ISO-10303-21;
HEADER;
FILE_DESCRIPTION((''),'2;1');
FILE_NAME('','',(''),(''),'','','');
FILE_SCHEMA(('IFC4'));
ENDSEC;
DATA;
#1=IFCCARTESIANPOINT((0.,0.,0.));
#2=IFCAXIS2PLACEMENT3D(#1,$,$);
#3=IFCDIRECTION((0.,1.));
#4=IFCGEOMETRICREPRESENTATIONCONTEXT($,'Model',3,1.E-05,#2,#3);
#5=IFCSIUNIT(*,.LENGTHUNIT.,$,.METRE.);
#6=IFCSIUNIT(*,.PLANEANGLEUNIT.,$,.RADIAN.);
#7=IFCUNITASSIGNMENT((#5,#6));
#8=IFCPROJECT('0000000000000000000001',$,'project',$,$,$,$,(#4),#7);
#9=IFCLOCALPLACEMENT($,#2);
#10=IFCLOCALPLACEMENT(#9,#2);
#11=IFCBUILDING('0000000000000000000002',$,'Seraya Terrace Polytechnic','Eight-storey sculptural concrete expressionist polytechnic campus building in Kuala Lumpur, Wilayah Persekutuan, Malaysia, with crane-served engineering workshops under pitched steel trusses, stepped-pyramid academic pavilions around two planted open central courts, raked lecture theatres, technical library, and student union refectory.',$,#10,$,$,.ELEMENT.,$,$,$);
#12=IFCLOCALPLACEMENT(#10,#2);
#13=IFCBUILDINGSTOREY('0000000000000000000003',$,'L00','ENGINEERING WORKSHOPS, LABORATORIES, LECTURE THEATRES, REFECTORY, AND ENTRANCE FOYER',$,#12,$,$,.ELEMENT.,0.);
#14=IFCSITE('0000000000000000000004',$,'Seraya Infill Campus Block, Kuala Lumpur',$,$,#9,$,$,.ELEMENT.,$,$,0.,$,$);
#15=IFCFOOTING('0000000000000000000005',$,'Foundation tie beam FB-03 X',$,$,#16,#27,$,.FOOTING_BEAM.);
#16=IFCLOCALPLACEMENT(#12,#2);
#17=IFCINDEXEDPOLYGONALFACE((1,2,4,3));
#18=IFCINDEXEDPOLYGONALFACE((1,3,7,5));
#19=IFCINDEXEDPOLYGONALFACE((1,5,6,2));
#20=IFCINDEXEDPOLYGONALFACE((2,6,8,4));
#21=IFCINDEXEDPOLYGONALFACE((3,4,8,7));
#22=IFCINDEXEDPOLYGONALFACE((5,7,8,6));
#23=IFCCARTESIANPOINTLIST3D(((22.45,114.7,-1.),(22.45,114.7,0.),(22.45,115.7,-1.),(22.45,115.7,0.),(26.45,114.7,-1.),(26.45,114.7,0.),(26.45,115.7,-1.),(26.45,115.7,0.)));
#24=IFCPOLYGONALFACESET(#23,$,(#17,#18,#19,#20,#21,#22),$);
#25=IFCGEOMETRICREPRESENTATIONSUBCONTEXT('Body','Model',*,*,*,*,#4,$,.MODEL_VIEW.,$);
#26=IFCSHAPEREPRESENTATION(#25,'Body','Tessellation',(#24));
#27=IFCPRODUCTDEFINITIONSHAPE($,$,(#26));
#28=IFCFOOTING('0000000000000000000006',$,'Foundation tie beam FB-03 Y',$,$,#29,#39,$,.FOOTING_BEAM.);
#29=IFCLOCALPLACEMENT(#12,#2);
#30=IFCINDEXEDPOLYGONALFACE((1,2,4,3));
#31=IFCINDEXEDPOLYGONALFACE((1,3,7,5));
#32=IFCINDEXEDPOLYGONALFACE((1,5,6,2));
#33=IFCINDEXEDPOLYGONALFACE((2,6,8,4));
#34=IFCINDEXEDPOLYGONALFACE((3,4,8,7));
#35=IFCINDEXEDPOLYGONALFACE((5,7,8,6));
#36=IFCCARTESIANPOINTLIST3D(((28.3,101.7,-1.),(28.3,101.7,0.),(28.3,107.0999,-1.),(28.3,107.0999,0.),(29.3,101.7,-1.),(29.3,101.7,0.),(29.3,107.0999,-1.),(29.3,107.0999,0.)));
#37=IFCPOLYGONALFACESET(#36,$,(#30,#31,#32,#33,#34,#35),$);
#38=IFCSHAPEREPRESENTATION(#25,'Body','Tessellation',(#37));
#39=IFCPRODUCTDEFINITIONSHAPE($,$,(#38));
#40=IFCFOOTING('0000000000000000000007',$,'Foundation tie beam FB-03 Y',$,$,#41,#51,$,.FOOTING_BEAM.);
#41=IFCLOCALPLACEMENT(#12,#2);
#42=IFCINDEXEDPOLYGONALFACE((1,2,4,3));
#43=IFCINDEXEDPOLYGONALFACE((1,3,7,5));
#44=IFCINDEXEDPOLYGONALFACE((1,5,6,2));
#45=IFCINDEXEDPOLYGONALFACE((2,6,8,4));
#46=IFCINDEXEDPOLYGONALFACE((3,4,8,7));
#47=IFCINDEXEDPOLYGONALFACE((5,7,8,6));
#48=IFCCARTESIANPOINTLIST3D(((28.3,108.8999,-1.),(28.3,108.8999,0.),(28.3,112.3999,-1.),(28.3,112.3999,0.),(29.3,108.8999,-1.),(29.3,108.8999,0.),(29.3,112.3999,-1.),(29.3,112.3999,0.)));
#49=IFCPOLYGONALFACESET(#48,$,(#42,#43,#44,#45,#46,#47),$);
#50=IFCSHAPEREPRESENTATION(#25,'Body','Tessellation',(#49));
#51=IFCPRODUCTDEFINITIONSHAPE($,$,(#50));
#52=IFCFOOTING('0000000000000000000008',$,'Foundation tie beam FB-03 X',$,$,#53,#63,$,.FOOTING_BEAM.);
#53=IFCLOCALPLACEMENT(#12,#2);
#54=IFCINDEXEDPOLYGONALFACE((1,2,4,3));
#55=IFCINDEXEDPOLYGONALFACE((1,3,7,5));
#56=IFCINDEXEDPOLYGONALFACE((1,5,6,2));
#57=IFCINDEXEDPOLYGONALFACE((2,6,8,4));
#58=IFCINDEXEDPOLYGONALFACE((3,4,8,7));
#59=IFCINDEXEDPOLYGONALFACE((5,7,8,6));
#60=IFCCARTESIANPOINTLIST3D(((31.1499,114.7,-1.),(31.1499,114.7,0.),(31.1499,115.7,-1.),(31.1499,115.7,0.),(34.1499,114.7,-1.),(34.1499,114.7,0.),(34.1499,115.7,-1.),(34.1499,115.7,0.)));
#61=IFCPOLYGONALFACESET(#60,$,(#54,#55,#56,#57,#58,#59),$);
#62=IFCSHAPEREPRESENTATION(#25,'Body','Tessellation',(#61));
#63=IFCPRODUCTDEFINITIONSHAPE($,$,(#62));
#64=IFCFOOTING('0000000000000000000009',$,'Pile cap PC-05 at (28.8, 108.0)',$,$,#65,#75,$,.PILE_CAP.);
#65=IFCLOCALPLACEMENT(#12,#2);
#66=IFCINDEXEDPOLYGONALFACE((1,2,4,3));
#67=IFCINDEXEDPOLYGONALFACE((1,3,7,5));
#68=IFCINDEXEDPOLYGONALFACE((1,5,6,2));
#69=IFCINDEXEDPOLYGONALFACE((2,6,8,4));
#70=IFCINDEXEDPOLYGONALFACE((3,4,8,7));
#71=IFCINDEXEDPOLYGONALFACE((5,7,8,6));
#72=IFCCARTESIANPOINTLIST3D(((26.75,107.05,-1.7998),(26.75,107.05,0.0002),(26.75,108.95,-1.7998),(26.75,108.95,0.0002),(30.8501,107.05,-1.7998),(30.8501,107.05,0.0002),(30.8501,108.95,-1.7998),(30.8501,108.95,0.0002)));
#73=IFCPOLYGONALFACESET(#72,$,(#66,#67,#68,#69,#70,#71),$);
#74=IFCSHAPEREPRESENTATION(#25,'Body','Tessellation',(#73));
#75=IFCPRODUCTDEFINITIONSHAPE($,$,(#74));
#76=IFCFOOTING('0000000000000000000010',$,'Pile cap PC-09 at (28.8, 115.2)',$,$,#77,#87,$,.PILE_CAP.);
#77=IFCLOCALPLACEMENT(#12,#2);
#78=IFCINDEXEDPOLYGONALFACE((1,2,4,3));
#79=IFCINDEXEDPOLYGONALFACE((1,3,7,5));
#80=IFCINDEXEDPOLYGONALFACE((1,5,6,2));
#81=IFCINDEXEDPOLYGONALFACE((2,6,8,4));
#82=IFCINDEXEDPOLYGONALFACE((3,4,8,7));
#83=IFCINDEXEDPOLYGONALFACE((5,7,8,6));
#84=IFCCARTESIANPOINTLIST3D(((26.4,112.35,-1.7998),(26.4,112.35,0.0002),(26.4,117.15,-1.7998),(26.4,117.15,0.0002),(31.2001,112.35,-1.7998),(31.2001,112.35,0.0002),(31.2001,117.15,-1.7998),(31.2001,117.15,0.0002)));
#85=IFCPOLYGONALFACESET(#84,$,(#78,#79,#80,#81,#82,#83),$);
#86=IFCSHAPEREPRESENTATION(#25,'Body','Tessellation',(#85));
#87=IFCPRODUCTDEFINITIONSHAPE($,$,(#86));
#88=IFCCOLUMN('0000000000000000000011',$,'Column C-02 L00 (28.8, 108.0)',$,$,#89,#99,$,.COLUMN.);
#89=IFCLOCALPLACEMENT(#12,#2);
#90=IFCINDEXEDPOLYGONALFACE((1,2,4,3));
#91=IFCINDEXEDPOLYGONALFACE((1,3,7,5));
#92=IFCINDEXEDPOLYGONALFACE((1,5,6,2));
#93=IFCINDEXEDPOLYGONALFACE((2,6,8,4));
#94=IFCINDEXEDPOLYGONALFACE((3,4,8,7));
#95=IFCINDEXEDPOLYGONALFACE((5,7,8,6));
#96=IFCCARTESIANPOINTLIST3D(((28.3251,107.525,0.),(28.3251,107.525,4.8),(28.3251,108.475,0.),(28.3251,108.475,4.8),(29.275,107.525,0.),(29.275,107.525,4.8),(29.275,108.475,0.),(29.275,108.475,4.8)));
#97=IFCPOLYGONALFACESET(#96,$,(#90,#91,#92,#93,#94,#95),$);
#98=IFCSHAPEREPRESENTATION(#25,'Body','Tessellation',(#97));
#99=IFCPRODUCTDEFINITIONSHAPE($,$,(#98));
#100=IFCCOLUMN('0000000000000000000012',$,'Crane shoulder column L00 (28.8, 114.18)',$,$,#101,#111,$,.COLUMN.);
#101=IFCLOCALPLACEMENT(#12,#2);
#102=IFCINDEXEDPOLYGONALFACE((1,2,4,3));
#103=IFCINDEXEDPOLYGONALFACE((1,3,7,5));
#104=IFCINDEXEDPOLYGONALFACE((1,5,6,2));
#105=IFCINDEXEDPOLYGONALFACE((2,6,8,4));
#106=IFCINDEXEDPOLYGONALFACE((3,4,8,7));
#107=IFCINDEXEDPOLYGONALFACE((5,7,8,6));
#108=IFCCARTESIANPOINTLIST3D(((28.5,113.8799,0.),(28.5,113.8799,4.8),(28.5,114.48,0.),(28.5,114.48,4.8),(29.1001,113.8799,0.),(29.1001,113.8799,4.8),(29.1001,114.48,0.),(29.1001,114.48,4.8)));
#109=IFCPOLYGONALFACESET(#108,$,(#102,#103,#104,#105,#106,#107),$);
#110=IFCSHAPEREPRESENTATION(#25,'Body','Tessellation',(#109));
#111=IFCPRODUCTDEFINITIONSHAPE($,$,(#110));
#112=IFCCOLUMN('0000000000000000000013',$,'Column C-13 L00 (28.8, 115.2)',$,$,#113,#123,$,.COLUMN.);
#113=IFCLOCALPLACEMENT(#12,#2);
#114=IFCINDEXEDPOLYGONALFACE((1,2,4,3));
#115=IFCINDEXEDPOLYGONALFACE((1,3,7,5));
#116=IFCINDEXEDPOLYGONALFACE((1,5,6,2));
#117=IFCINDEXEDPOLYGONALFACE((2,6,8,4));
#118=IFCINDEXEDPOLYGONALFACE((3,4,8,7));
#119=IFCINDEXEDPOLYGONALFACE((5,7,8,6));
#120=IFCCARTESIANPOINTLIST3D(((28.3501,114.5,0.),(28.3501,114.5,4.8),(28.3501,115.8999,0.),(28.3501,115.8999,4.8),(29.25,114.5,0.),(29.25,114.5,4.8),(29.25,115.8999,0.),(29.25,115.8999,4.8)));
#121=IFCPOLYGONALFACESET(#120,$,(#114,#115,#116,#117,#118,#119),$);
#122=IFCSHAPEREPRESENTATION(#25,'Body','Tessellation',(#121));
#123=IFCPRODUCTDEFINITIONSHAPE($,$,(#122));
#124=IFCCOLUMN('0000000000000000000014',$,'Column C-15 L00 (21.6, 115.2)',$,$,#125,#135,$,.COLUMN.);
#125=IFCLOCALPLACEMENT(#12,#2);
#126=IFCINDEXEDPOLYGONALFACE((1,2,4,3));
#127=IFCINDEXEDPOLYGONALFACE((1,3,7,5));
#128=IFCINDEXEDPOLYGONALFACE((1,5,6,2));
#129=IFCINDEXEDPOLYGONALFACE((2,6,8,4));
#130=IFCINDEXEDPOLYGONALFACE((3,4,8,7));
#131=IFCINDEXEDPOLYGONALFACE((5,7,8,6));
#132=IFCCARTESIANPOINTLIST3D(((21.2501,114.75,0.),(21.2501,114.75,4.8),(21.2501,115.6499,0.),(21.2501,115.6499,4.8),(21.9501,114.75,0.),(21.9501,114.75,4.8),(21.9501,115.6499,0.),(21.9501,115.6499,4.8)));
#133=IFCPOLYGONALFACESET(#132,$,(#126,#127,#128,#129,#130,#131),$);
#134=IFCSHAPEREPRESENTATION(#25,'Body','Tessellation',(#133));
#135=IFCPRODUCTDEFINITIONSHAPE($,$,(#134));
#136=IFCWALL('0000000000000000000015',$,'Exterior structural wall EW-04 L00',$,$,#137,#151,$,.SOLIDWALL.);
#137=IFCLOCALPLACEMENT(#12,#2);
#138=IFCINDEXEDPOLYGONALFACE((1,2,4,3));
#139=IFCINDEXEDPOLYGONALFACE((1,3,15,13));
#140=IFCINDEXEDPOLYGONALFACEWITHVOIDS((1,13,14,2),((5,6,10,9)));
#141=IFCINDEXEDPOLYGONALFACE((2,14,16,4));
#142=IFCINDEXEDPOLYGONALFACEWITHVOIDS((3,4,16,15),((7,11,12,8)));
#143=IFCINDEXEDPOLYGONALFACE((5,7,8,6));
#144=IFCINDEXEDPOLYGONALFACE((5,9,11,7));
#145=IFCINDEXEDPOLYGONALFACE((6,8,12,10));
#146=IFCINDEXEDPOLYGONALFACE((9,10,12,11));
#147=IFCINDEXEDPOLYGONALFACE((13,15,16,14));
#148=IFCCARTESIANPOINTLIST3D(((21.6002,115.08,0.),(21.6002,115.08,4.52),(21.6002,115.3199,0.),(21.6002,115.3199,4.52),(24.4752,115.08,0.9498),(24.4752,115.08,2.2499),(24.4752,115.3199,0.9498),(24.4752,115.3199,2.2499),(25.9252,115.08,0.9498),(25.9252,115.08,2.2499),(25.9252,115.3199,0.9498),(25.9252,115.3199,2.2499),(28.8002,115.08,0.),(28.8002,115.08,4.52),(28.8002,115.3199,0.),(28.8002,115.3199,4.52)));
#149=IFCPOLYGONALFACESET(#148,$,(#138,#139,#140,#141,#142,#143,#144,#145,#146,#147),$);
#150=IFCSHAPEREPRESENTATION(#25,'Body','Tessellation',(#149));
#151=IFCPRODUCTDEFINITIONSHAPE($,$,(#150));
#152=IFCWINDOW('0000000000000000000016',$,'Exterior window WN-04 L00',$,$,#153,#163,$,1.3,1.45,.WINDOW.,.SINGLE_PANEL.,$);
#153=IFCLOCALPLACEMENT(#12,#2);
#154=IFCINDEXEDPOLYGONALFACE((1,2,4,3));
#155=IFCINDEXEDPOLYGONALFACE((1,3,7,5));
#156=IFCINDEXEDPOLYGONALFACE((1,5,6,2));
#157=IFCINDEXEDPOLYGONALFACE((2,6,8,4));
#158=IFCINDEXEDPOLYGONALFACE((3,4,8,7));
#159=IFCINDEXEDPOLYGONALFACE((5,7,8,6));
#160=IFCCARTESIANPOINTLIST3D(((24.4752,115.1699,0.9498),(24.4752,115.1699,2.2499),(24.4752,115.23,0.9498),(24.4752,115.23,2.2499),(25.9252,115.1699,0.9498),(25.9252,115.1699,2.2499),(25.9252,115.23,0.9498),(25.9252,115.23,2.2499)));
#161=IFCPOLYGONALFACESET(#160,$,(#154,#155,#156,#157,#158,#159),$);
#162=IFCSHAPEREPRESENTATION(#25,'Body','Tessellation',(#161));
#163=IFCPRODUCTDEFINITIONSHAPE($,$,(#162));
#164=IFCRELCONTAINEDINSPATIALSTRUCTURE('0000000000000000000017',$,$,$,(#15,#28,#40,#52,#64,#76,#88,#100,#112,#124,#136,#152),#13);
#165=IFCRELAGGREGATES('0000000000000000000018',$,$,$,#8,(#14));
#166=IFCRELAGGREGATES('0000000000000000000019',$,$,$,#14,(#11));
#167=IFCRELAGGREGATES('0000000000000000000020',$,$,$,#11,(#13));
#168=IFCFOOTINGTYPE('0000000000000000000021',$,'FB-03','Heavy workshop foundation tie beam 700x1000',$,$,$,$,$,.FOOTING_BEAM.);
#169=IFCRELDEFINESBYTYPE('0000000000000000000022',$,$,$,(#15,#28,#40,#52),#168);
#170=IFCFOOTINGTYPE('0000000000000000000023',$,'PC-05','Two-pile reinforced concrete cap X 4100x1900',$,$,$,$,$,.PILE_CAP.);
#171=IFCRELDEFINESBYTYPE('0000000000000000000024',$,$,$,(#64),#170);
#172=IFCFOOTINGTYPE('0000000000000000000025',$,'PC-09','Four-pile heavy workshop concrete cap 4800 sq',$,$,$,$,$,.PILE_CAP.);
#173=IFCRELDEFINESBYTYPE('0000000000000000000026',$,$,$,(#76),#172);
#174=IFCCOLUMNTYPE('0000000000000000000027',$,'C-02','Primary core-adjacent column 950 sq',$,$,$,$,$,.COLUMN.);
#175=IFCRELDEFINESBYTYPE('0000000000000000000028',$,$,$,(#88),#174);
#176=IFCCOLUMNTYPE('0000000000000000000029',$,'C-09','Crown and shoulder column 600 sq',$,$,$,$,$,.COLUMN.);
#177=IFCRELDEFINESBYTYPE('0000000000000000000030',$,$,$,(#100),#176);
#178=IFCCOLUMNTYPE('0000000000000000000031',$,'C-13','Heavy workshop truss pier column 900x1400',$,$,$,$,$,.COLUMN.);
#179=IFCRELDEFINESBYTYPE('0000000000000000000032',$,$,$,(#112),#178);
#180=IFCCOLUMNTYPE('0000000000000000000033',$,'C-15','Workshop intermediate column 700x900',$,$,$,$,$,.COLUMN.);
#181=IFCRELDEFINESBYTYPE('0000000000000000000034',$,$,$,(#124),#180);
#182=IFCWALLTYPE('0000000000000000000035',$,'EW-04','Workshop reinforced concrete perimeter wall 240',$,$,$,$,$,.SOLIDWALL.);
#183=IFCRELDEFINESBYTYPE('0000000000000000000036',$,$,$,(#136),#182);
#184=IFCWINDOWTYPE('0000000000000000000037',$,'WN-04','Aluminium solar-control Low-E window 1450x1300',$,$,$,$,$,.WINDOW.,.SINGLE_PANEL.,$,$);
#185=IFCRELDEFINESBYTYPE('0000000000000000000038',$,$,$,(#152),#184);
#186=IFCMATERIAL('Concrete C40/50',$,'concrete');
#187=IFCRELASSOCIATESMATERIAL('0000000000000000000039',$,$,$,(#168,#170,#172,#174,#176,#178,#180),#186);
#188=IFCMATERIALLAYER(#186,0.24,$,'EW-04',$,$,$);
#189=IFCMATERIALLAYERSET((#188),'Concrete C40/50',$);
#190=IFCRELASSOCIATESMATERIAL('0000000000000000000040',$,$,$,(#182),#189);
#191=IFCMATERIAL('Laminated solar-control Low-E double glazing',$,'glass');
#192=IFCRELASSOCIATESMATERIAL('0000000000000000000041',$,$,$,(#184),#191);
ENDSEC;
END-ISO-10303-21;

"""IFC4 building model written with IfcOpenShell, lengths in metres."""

from ifc_helpers import new_model, si_unit, direction, frame, frame_2d, origin, origin_2d, place, context, subcontext, project, spatial, rectangle, extrude, material, layer, layer_set, material_profile, profile_set, type_object, element, fill, save


model = new_model("IFC4")

# Units and contexts
model_context = context("Model", 3, precision=1e-05, world=origin(), true_north=direction((0.0, 1.0)))
body_context = subcontext(model_context, "Body", "Model", "MODEL_VIEW")
ifc_project = project(units=[si_unit("LENGTHUNIT", "METRE"), si_unit("PLANEANGLEUNIT", "RADIAN")], contexts=[model_context])

# Site, building, storey
site_placement = place(None, origin())
site = spatial("IfcSite", under=ifc_project, at=site_placement, Name="Seraya Infill Campus Block, Kuala Lumpur", CompositionType="ELEMENT", RefElevation=0.0)
building_placement = place(site_placement, origin())
building = spatial("IfcBuilding", under=site, at=building_placement, Name="Seraya Terrace Polytechnic", Description="Eight-storey sculptural concrete expressionist polytechnic campus building in Kuala Lumpur, Wilayah Persekutuan, Malaysia, with crane-served engineering workshops under pitched steel trusses, stepped-pyramid academic pavilions around two planted open central courts, raked lecture theatres, technical library, and student union refectory.", CompositionType="ELEMENT")
storey_placement = place(building_placement, origin())
storey = spatial("IfcBuildingStorey", under=building, at=storey_placement, Name="L00", Description="ENGINEERING WORKSHOPS, LABORATORIES, LECTURE THEATRES, REFECTORY, AND ENTRANCE FOYER", CompositionType="ELEMENT", Elevation=0.0)

# Shared definitions
ifc_material_1 = material(Name="Concrete C40/50", Category="concrete")

# Footings
footing_type_1 = type_object("IfcFootingType", Name="FB-03", Description="Heavy workshop foundation tie beam 700x1000", PredefinedType="FOOTING_BEAM", material=ifc_material_1)
footing_1_placement = place(storey_placement, frame((24.45, 115.2, -1.0), z_axis=(0.0, 0.0, 1.0), x_axis=(1.0, 0.0, 0.0)))
element("IfcFooting", 1, at=footing_1_placement, inside=storey, type_object=footing_type_1, Name="Foundation tie beam FB-03 X", PredefinedType="FOOTING_BEAM", context=body_context, shape_type="SweptSolid", body=[
    extrude(rectangle(XDim=4.0, YDim=1.0, at=origin_2d()), origin(), (0.0, 0.0, 1.0), 1.0),
])
footing_2_placement = place(storey_placement, frame((28.8, 104.3999, -1.0), z_axis=(0.0, 0.0, 1.0), x_axis=(0.0, 1.0, 0.0)))
element("IfcFooting", 2, at=footing_2_placement, inside=storey, type_object=footing_type_1, Name="Foundation tie beam FB-03 Y", PredefinedType="FOOTING_BEAM", context=body_context, shape_type="SweptSolid", body=[
    extrude(rectangle(XDim=5.3999, YDim=1.0, at=origin_2d()), origin(), (0.0, 0.0, 1.0), 1.0),
])
footing_3_placement = place(storey_placement, frame((28.8, 110.6499, -1.0), z_axis=(0.0, 0.0, 1.0), x_axis=(0.0, 1.0, 0.0)))
element("IfcFooting", 3, at=footing_3_placement, inside=storey, type_object=footing_type_1, Name="Foundation tie beam FB-03 Y", PredefinedType="FOOTING_BEAM", context=body_context, shape_type="SweptSolid", body=[
    extrude(rectangle(XDim=3.5, YDim=1.0, at=origin_2d()), origin(), (0.0, 0.0, 1.0), 1.0),
])
footing_4_placement = place(storey_placement, frame((32.6499, 115.2, -1.0), z_axis=(0.0, 0.0, 1.0), x_axis=(1.0, 0.0, 0.0)))
element("IfcFooting", 4, at=footing_4_placement, inside=storey, type_object=footing_type_1, Name="Foundation tie beam FB-03 X", PredefinedType="FOOTING_BEAM", context=body_context, shape_type="SweptSolid", body=[
    extrude(rectangle(XDim=3.0, YDim=1.0, at=origin_2d()), origin(), (0.0, 0.0, 1.0), 1.0),
])
footing_type_2 = type_object("IfcFootingType", Name="PC-05", Description="Two-pile reinforced concrete cap X 4100x1900", PredefinedType="PILE_CAP", material=ifc_material_1)
footing_5_placement = place(storey_placement, frame((28.8, 108.0, -1.7998), z_axis=(0.0, 0.0, 1.0), x_axis=(1.0, 0.0, 0.0)))
element("IfcFooting", 5, at=footing_5_placement, inside=storey, type_object=footing_type_2, Name="Pile cap PC-05 at (28.8, 108.0)", PredefinedType="PILE_CAP", context=body_context, shape_type="SweptSolid", body=[
    extrude(rectangle(XDim=4.1001, YDim=1.8999, at=origin_2d()), origin(), (0.0, 0.0, 1.0), 1.8),
])
footing_type_3 = type_object("IfcFootingType", Name="PC-09", Description="Four-pile heavy workshop concrete cap 4800 sq", PredefinedType="PILE_CAP", material=ifc_material_1)
footing_6_placement = place(storey_placement, frame((28.8, 114.75, -1.7998), z_axis=(0.0, 0.0, 1.0), x_axis=(1.0, 0.0, 0.0)))
element("IfcFooting", 6, at=footing_6_placement, inside=storey, type_object=footing_type_3, Name="Pile cap PC-09 at (28.8, 115.2)", PredefinedType="PILE_CAP", context=body_context, shape_type="SweptSolid", body=[
    extrude(rectangle(XDim=4.8, YDim=4.8, at=origin_2d()), origin(), (0.0, 0.0, 1.0), 1.8),
])

# Columns
ifc_material_profile_1 = material_profile(ifc_material_1, rectangle(XDim=0.95, YDim=0.95, at=origin_2d()), Name="RC 950x950")
ifc_profile_set_1 = profile_set([ifc_material_profile_1], Name="Concrete C40/50")
column_type_1 = type_object("IfcColumnType", Name="C-02", Description="Primary core-adjacent column 950 sq", PredefinedType="COLUMN", material=ifc_profile_set_1)
column_1_placement = place(storey_placement, frame((28.8, 108.0, 0.0), z_axis=(0.0, 0.0, 1.0), x_axis=(1.0, 0.0, 0.0)))
element("IfcColumn", 7, at=column_1_placement, inside=storey, type_object=column_type_1, Name="Column C-02 L00 (28.8, 108.0)", PredefinedType="COLUMN", context=body_context, shape_type="SweptSolid", body=[
    extrude(rectangle(XDim=0.95, YDim=0.95, at=origin_2d()), origin(), (0.0, 0.0, 1.0), 4.8),
])
ifc_material_profile_2 = material_profile(ifc_material_1, rectangle(XDim=0.6001, YDim=0.6001, at=origin_2d()), Name="RC 600x600")
ifc_profile_set_2 = profile_set([ifc_material_profile_2], Name="Concrete C40/50")
column_type_2 = type_object("IfcColumnType", Name="C-09", Description="Crown and shoulder column 600 sq", PredefinedType="COLUMN", material=ifc_profile_set_2)
column_2_placement = place(storey_placement, frame((28.8, 114.1799, 0.0), z_axis=(0.0, 0.0, 1.0), x_axis=(1.0, 0.0, 0.0)))
element("IfcColumn", 8, at=column_2_placement, inside=storey, type_object=column_type_2, Name="Crane shoulder column L00 (28.8, 114.18)", PredefinedType="COLUMN", context=body_context, shape_type="SweptSolid", body=[
    extrude(rectangle(XDim=0.6001, YDim=0.6001, at=origin_2d()), origin(), (0.0, 0.0, 1.0), 4.8),
])
ifc_material_profile_3 = material_profile(ifc_material_1, rectangle(XDim=0.8999, YDim=1.3999, at=origin_2d()), Name="RC 900x1400")
ifc_profile_set_3 = profile_set([ifc_material_profile_3], Name="Concrete C40/50")
column_type_3 = type_object("IfcColumnType", Name="C-13", Description="Heavy workshop truss pier column 900x1400", PredefinedType="COLUMN", material=ifc_profile_set_3)
column_3_placement = place(storey_placement, frame((28.8, 115.2, 0.0), z_axis=(0.0, 0.0, 1.0), x_axis=(1.0, 0.0, 0.0)))
element("IfcColumn", 9, at=column_3_placement, inside=storey, type_object=column_type_3, Name="Column C-13 L00 (28.8, 115.2)", PredefinedType="COLUMN", context=body_context, shape_type="SweptSolid", body=[
    extrude(rectangle(XDim=0.8999, YDim=1.3999, at=origin_2d()), origin(), (0.0, 0.0, 1.0), 4.8),
])
ifc_material_profile_4 = material_profile(ifc_material_1, rectangle(XDim=0.7, YDim=0.8999, at=origin_2d()), Name="RC 700x900")
ifc_profile_set_4 = profile_set([ifc_material_profile_4], Name="Concrete C40/50")
column_type_4 = type_object("IfcColumnType", Name="C-15", Description="Workshop intermediate column 700x900", PredefinedType="COLUMN", material=ifc_profile_set_4)
column_4_placement = place(storey_placement, frame((21.6001, 115.2, 0.0), z_axis=(0.0, 0.0, 1.0), x_axis=(1.0, 0.0, 0.0)))
element("IfcColumn", 10, at=column_4_placement, inside=storey, type_object=column_type_4, Name="Column C-15 L00 (21.6, 115.2)", PredefinedType="COLUMN", context=body_context, shape_type="SweptSolid", body=[
    extrude(rectangle(XDim=0.7, YDim=0.8999, at=origin_2d()), origin(), (0.0, 0.0, 1.0), 4.8),
])

# Wall, opening, window
ifc_layer_1 = layer(ifc_material_1, 0.24, Name="EW-04")
ifc_layer_set_1 = layer_set([ifc_layer_1], Name="Concrete C40/50")
wall_type_1 = type_object("IfcWallType", Name="EW-04", Description="Workshop reinforced concrete perimeter wall 240", PredefinedType="SOLIDWALL", material=ifc_layer_set_1)
wall_1_placement = place(storey_placement, frame((21.6001, 115.2, 0.0), z_axis=(0.0, 0.0, 1.0), x_axis=(1.0, 0.0, 0.0)))
wall_1 = element("IfcWall", 11, at=wall_1_placement, inside=storey, type_object=wall_type_1, Name="Exterior structural wall EW-04 L00", PredefinedType="SOLIDWALL", context=body_context, shape_type="SweptSolid", body=[
    extrude(rectangle(XDim=7.2, YDim=0.24, at=frame_2d((3.6001, 0.0))), origin(), (0.0, 0.0, 1.0), 4.52),
])
opening_1_placement = place(wall_1_placement, frame((2.875, 0.0, 0.95)))
opening_1 = element("IfcOpeningElement", 12, at=opening_1_placement, cuts=wall_1, PredefinedType="OPENING", context=body_context, shape_type="SweptSolid", body=[
    extrude(rectangle(XDim=1.45, YDim=1.3, at=frame_2d((0.7251, 0.6499))), frame((0.0, 0.1318, 0.0), z_axis=(0.0, -1.0, 0.0), x_axis=(1.0, 0.0, 0.0)), (0.0, 0.0, 1.0), 0.2639),
])
ifc_material_2 = material(Name="Laminated solar-control Low-E double glazing", Category="glass")
window_type = type_object("IfcWindowType", Name="WN-04", Description="Aluminium solar-control Low-E window 1450x1300", PartitioningType="SINGLE_PANEL", PredefinedType="WINDOW", material=ifc_material_2)
window_placement = place(opening_1_placement, origin())
window = element("IfcWindow", 13, at=window_placement, inside=storey, type_object=window_type, Name="Exterior window WN-04 L00", OverallHeight=1.3, OverallWidth=1.45, PartitioningType="SINGLE_PANEL", PredefinedType="WINDOW", context=body_context, shape_type="SweptSolid", body=[
    extrude(rectangle(XDim=1.45, YDim=1.3, at=frame_2d((0.7251, 0.6499))), frame((0.0, 0.03, 0.0), z_axis=(0.0, -1.0, 0.0), x_axis=(1.0, 0.0, 0.0)), (0.0, 0.0, 1.0), 0.0601),
])
fill(opening_1, window)

save(model, "model.ifc")
